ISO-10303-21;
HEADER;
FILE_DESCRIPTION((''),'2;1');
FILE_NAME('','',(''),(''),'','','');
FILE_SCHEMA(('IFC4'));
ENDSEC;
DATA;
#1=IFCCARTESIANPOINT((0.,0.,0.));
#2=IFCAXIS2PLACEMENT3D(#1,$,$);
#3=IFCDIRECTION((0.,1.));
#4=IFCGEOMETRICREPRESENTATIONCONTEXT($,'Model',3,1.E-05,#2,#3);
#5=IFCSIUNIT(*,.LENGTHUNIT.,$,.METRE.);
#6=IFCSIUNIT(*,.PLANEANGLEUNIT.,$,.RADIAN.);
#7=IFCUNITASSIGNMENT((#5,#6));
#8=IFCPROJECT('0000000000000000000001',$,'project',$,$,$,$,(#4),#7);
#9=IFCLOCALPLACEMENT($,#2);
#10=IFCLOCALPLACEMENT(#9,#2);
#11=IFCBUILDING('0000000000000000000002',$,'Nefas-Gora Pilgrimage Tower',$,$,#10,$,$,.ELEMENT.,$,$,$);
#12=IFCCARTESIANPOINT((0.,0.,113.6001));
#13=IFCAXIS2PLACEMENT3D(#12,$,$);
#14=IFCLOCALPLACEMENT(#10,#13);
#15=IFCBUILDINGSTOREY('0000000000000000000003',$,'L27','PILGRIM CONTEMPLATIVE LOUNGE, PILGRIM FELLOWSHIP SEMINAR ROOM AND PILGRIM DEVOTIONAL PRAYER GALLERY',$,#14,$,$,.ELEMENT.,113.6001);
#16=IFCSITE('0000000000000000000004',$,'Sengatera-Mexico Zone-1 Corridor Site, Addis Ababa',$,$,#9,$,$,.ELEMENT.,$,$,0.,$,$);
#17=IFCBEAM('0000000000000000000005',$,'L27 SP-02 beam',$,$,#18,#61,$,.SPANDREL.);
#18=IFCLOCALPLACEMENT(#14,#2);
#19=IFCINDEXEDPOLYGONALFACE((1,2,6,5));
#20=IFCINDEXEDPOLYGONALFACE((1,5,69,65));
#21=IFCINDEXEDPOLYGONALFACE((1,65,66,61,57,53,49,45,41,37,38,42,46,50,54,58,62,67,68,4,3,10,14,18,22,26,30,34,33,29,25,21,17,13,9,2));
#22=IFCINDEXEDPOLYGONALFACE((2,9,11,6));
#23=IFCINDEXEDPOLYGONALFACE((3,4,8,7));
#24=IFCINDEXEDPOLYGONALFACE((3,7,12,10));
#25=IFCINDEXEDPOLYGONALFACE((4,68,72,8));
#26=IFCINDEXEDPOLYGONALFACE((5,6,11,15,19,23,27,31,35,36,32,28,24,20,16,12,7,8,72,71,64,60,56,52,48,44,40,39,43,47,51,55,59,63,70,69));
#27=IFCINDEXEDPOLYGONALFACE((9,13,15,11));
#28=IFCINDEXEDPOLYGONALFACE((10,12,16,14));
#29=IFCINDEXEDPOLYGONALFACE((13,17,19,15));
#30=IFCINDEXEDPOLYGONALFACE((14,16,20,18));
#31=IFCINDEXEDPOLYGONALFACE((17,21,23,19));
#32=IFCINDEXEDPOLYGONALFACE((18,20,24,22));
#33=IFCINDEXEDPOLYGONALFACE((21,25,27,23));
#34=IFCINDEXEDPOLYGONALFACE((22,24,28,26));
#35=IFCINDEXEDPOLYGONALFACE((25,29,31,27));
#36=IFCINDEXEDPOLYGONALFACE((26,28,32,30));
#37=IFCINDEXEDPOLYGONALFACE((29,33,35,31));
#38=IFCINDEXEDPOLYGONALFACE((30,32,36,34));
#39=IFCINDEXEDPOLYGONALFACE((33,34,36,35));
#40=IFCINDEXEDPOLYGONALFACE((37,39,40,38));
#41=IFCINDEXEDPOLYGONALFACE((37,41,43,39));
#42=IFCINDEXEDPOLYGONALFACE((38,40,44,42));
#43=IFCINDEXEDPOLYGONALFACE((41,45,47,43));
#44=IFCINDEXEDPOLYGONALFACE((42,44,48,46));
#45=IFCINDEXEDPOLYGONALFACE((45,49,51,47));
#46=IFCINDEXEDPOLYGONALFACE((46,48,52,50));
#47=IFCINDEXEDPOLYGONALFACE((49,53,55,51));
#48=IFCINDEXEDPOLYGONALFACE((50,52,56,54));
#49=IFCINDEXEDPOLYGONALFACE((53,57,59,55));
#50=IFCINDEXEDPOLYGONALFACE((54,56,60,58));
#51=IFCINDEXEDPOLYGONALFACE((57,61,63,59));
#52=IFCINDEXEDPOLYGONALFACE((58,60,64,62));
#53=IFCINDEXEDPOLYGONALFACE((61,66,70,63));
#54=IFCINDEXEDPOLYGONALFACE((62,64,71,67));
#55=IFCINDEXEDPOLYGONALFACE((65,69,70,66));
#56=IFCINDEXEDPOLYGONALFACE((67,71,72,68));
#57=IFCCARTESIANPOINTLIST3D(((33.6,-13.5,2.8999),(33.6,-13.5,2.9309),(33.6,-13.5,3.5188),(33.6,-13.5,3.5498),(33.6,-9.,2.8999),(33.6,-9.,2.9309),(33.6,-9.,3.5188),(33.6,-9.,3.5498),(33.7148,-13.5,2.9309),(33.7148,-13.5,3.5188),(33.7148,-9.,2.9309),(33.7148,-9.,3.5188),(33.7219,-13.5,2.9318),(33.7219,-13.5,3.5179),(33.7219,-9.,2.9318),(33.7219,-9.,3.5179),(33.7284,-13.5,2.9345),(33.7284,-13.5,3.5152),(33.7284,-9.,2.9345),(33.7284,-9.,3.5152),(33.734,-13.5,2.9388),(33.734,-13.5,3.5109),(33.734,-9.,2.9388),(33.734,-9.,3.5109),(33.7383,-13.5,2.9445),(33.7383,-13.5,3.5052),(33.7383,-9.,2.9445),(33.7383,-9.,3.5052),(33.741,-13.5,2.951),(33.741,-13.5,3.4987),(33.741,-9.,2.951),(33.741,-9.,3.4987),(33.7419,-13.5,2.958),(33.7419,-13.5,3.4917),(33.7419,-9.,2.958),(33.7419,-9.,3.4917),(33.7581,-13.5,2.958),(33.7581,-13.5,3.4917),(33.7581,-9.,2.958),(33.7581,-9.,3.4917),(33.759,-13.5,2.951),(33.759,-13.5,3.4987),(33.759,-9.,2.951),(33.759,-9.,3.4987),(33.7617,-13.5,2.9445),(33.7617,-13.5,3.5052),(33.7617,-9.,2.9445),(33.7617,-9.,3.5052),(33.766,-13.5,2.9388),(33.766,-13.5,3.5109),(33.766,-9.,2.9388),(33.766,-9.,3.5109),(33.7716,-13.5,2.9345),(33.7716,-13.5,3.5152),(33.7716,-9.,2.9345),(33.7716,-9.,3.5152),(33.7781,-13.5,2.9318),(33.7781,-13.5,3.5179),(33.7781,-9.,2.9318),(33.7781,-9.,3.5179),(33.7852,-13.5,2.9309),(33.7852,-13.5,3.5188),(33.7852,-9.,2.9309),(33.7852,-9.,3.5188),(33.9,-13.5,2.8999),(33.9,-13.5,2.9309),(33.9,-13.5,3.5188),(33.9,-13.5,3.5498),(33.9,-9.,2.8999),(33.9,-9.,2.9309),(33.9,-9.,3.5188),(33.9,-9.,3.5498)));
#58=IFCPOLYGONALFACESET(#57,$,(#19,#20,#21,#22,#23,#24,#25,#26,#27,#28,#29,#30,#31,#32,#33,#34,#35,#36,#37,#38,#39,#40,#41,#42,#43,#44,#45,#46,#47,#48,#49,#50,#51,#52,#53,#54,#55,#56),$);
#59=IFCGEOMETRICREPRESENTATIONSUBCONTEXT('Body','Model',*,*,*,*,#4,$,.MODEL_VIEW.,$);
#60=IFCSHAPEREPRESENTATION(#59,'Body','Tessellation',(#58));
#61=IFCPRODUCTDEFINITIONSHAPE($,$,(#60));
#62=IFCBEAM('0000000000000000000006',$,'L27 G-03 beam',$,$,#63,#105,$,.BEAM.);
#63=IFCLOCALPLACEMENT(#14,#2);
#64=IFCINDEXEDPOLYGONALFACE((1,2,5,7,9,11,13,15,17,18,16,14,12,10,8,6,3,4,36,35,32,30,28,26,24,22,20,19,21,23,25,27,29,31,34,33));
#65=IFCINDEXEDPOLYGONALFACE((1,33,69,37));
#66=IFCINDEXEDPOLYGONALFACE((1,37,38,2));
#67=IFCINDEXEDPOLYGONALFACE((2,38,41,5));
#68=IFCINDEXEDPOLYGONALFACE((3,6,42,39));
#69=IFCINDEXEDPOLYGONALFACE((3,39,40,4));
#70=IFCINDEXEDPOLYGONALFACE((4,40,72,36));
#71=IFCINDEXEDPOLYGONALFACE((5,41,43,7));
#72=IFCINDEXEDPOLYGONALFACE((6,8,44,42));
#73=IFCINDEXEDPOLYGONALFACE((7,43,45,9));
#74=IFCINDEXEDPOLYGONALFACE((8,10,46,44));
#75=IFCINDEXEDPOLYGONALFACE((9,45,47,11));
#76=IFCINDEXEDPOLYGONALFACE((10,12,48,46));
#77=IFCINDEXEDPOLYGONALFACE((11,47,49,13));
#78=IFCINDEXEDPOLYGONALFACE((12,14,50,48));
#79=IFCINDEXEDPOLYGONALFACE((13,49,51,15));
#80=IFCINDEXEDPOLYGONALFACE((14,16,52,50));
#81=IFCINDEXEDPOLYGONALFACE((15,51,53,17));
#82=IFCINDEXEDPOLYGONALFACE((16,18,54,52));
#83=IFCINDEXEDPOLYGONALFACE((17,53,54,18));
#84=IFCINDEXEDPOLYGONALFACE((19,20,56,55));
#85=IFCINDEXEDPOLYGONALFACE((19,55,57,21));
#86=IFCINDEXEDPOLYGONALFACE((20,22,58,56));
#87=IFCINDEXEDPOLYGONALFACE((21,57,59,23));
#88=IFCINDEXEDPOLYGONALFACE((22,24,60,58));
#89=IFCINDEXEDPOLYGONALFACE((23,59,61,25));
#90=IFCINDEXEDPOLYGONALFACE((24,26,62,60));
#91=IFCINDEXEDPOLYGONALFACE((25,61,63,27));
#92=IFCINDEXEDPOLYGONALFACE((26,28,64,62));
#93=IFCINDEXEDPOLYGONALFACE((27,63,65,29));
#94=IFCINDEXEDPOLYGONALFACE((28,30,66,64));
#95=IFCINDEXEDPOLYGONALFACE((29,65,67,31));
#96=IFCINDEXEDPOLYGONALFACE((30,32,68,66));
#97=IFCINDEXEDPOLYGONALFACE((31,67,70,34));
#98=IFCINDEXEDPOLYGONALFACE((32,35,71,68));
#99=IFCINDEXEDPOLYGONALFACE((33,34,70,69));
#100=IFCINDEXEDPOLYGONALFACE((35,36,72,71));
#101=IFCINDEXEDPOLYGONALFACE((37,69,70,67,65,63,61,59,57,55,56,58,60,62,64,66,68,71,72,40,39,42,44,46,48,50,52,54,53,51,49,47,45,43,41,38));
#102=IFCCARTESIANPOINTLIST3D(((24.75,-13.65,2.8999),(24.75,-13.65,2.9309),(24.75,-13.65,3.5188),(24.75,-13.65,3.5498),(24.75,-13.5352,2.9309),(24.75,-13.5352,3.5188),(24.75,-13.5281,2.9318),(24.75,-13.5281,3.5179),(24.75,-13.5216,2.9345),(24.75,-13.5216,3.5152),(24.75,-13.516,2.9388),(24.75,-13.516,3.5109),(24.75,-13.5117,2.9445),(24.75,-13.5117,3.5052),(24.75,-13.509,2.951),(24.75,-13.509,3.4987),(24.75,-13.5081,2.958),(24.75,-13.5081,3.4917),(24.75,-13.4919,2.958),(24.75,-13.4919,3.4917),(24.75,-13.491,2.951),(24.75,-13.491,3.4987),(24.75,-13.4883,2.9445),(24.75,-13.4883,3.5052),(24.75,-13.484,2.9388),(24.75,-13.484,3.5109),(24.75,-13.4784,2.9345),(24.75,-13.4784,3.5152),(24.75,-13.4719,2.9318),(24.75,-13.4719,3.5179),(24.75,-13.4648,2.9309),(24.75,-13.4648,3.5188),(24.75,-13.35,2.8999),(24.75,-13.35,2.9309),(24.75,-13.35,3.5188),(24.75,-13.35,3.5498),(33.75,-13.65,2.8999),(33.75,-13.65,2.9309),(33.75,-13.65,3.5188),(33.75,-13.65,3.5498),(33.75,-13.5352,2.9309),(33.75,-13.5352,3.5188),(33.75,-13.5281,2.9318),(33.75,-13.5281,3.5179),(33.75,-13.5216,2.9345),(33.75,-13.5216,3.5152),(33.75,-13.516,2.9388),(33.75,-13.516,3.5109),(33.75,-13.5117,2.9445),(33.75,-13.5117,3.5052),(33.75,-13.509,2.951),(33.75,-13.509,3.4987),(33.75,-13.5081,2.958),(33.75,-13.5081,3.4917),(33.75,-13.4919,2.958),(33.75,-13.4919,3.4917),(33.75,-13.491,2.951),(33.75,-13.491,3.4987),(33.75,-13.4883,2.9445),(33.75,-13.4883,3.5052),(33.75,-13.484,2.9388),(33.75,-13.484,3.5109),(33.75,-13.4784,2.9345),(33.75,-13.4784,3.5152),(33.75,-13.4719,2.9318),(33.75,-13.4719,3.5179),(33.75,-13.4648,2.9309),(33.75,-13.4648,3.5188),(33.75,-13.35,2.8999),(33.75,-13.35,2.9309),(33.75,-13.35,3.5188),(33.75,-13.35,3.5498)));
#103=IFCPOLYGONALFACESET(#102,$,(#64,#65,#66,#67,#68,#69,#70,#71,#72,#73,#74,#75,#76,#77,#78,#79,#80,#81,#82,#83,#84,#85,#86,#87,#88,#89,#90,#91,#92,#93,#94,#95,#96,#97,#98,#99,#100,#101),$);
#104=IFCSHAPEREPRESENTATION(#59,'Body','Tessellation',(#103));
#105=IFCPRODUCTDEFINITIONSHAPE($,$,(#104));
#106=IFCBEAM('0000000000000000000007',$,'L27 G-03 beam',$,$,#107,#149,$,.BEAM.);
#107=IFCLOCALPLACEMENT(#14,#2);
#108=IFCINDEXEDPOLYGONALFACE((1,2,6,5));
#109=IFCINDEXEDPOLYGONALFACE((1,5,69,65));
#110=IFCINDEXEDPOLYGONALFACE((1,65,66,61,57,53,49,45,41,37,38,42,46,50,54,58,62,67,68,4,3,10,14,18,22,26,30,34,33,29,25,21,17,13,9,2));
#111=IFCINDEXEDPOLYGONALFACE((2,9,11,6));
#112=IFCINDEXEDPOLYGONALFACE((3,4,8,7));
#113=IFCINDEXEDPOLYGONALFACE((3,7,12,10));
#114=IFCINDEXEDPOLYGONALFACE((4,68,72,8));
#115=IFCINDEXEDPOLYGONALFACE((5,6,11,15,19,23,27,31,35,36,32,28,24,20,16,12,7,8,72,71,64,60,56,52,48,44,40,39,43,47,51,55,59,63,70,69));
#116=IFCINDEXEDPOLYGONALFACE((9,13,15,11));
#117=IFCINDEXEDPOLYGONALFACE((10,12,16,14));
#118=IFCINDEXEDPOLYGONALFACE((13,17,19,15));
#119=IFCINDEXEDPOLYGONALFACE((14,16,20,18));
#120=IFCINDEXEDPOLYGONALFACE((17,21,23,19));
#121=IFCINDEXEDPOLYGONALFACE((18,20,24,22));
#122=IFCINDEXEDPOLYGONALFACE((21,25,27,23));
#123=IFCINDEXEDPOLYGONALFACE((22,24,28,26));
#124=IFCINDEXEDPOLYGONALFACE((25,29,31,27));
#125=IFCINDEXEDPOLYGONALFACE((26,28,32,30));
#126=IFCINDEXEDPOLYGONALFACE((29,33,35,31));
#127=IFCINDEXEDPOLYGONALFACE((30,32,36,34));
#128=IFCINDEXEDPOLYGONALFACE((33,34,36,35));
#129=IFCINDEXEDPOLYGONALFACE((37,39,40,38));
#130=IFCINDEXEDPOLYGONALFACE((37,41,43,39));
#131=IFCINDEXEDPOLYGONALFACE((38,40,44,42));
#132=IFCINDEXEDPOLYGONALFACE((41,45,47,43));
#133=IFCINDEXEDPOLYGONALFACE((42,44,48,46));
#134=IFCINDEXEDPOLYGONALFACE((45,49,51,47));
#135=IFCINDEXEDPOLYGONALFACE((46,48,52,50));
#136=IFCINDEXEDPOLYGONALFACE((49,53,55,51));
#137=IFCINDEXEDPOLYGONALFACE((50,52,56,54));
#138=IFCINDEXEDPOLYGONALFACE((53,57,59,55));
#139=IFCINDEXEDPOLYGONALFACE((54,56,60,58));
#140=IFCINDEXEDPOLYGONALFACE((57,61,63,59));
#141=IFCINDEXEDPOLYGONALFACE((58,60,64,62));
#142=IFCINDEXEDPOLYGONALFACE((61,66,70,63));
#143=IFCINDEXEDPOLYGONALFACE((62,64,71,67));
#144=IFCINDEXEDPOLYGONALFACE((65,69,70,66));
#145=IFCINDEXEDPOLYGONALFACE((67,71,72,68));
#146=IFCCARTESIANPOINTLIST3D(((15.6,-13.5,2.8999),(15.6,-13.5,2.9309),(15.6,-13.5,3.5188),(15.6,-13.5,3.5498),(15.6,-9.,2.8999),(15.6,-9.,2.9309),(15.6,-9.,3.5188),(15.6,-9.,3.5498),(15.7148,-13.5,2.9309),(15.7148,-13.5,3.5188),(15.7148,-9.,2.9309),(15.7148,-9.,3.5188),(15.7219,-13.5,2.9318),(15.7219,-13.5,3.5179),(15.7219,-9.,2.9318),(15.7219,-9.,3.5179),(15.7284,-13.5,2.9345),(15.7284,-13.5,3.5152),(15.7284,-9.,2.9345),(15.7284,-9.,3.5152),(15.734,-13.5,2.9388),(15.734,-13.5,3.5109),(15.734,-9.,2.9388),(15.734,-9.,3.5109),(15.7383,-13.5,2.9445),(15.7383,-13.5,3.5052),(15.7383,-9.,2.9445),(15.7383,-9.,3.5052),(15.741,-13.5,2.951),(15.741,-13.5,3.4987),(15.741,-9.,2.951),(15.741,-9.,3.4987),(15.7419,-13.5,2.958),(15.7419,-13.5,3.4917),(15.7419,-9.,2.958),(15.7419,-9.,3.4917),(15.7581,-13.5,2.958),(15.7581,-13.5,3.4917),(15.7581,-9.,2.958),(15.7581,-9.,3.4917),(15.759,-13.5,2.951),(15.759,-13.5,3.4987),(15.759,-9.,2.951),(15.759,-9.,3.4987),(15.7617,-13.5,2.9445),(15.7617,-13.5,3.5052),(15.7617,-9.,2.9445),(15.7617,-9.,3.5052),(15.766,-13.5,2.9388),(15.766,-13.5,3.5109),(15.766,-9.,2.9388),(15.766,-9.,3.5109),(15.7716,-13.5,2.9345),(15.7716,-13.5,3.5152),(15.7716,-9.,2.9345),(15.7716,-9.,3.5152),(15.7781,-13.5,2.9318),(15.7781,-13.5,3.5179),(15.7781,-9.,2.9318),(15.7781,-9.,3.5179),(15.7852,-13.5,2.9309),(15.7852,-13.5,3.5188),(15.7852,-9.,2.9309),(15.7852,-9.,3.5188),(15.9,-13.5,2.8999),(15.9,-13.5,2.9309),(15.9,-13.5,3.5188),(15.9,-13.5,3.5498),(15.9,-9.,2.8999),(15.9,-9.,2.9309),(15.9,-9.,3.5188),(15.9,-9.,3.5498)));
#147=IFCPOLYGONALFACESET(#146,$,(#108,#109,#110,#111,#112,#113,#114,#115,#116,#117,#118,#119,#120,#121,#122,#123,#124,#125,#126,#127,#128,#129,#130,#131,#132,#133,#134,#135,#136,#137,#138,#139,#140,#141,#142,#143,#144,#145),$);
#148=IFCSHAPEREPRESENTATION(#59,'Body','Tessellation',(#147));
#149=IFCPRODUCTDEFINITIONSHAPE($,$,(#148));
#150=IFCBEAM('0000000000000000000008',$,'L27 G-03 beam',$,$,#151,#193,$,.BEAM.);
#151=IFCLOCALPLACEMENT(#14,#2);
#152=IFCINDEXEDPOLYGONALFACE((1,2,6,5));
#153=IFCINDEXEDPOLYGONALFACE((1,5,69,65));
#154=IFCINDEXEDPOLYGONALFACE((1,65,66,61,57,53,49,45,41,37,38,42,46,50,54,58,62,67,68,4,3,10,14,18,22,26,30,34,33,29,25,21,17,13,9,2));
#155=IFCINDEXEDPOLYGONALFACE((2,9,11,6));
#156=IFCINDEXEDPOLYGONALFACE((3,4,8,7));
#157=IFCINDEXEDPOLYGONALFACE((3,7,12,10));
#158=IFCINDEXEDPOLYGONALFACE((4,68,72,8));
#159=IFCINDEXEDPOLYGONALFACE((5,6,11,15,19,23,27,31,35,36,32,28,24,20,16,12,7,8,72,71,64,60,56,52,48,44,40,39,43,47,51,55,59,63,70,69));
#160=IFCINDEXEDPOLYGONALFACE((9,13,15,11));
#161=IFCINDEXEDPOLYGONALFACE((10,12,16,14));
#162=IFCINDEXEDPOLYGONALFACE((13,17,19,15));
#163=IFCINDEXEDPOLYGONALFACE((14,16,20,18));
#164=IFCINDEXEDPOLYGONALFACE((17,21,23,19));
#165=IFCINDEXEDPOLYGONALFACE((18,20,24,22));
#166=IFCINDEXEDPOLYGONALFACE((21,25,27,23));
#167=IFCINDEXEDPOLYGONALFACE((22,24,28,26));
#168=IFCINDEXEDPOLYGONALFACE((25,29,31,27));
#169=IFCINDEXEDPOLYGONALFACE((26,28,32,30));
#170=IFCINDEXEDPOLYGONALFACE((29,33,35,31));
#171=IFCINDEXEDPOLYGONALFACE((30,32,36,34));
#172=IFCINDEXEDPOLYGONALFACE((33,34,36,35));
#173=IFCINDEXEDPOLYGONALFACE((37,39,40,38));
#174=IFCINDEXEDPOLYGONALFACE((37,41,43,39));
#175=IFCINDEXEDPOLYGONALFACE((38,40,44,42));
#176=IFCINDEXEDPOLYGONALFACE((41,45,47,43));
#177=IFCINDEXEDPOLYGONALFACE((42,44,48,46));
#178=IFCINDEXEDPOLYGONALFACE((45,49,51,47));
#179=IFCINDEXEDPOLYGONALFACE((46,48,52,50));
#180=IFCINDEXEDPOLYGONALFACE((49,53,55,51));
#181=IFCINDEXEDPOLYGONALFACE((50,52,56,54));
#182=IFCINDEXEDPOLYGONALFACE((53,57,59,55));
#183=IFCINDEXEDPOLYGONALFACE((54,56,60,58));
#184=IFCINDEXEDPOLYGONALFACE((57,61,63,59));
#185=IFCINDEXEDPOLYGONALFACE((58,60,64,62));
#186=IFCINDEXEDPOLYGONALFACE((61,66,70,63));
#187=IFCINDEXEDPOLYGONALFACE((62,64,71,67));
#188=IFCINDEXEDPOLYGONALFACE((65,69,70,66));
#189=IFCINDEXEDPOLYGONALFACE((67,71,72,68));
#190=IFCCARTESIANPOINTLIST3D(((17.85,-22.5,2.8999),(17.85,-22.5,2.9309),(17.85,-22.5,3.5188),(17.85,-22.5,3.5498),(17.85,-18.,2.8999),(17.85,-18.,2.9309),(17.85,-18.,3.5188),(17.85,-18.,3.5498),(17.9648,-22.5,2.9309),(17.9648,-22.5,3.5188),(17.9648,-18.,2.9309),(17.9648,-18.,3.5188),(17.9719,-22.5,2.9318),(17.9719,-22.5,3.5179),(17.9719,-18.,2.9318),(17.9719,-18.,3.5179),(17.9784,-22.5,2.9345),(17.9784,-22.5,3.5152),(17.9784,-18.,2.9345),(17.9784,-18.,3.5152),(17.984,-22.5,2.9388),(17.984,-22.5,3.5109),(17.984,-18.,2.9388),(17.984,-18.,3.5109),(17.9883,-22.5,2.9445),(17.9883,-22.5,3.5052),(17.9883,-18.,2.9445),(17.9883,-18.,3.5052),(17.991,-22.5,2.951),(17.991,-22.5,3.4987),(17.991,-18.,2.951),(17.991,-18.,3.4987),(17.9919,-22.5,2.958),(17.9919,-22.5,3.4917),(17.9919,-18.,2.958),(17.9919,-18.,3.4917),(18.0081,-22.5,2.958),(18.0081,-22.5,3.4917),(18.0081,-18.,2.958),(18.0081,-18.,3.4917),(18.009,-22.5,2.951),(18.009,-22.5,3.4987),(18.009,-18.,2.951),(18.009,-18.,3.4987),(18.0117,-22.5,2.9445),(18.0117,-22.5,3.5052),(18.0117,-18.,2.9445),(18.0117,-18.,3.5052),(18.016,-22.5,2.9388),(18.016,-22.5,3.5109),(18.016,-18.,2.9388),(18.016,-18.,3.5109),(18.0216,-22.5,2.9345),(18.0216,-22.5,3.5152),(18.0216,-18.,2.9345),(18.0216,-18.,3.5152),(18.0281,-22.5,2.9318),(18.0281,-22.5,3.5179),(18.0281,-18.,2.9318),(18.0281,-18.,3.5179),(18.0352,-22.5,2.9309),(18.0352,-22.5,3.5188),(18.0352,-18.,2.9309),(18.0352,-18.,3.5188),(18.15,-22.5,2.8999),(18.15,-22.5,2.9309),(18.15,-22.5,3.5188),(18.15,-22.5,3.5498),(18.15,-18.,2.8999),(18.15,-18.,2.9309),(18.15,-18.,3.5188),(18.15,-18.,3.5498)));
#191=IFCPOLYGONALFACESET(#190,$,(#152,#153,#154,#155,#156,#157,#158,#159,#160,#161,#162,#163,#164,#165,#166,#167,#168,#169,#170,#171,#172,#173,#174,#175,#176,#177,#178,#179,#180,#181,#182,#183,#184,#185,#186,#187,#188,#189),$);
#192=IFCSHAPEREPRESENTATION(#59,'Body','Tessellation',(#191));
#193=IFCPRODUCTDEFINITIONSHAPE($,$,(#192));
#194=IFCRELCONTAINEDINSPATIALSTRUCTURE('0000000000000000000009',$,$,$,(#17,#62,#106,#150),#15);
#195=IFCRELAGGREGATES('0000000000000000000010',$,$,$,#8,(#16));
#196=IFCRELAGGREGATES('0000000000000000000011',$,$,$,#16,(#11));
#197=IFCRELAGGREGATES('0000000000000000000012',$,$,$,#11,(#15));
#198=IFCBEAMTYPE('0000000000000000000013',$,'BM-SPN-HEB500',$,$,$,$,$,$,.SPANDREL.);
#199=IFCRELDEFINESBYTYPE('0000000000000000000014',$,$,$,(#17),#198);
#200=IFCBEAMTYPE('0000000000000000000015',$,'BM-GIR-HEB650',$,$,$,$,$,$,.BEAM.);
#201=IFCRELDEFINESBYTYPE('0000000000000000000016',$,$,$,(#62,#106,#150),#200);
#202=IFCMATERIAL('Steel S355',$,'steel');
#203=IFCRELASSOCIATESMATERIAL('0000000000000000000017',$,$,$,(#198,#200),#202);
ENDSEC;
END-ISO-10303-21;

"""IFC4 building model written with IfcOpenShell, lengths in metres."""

from ifc_helpers import new_model, si_unit, direction, frame, origin, origin_2d, place, context, subcontext, project, spatial, i_section, extrude, source, transform, mapped, material, material_profile, profile_set, type_object, element, save


model = new_model("IFC4")

# Units and contexts
model_context = context("Model", 3, precision=1e-05, world=origin(), true_north=direction((0.0, 1.0)))
body_context = subcontext(model_context, "Body", "Model", "MODEL_VIEW")
ifc_project = project(units=[si_unit("LENGTHUNIT", "METRE"), si_unit("PLANEANGLEUNIT", "RADIAN")], contexts=[model_context])

# Site, building, storey
site_placement = place(None, origin())
site = spatial("IfcSite", under=ifc_project, at=site_placement, Name="Sengatera-Mexico Zone-1 Corridor Site, Addis Ababa", CompositionType="ELEMENT", RefElevation=0.0)
building_placement = place(site_placement, origin())
building = spatial("IfcBuilding", under=site, at=building_placement, Name="Nefas-Gora Pilgrimage Tower", CompositionType="ELEMENT")
storey_placement = place(building_placement, frame((0.0, 0.0, 113.6001)))
storey = spatial("IfcBuildingStorey", under=building, at=storey_placement, Name="L27", Description="PILGRIM CONTEMPLATIVE LOUNGE, PILGRIM FELLOWSHIP SEMINAR ROOM AND PILGRIM DEVOTIONAL PRAYER GALLERY", CompositionType="ELEMENT", Elevation=113.6001)

# Beams
ifc_material_1 = material(Name="Steel S355", Category="steel")
ifc_material_profile_1 = material_profile(ifc_material_1, i_section(OverallWidth=0.3, OverallDepth=0.6499, WebThickness=0.0161, FlangeThickness=0.031, FilletRadius=0.0271, at=origin_2d()), Name="HEB 650")
ifc_profile_set_1 = profile_set([ifc_material_profile_1], Name="Steel S355")
beam_type_1 = type_object("IfcBeamType", Name="BM-SPN-HEB500", PredefinedType="SPANDREL", material=ifc_profile_set_1)
shared_shape_1 = source(origin(), body_context, "Body", "SweptSolid", [
    extrude(i_section(OverallWidth=0.3, OverallDepth=0.6499, WebThickness=0.0161, FlangeThickness=0.031, FilletRadius=0.0271, at=origin_2d()), origin(), (0.0, 0.0, 1.0), 4.5),
])
for number, where, z_axis, x_axis, name in (
    (1, (33.75, -13.5, 3.2249), (0.0, 1.0, 0.0), (-1.0, 0.0, 0.0), "L27 SP-02 beam"),
):
    element("IfcBeam", number, at=place(storey_placement, frame(where, z_axis=z_axis, x_axis=x_axis)), inside=storey, type_object=beam_type_1, Name=name, PredefinedType="SPANDREL", context=body_context, shape_type="MappedRepresentation", body=[
        mapped(shared_shape_1, transform((0.0, 0.0, 0.0), x_axis=(1.0, 0.0, 0.0), y_axis=(0.0, 1.0, 0.0), z_axis=(0.0, 0.0, 1.0), scale=1.0)),
    ])
ifc_material_profile_2 = material_profile(ifc_material_1, i_section(OverallWidth=0.3, OverallDepth=0.6499, WebThickness=0.0161, FlangeThickness=0.031, FilletRadius=0.0271, at=origin_2d()), Name="HEB 650")
ifc_profile_set_2 = profile_set([ifc_material_profile_2], Name="Steel S355")
beam_type_2 = type_object("IfcBeamType", Name="BM-GIR-HEB650", PredefinedType="BEAM", material=ifc_profile_set_2)
shared_shape_2 = source(origin(), body_context, "Body", "SweptSolid", [
    extrude(i_section(OverallWidth=0.3, OverallDepth=0.6499, WebThickness=0.0161, FlangeThickness=0.031, FilletRadius=0.0271, at=origin_2d()), origin(), (0.0, 0.0, 1.0), 9.0),
])
beam_1_placement = place(storey_placement, frame((24.75, -13.5, 3.2249), z_axis=(1.0, 0.0, 0.0), x_axis=(0.0, 1.0, 0.0)))
element("IfcBeam", 2, at=beam_1_placement, inside=storey, type_object=beam_type_2, Name="L27 G-03 beam", PredefinedType="BEAM", context=body_context, shape_type="MappedRepresentation", body=[
    mapped(shared_shape_2, transform((0.0, 0.0, 0.0), x_axis=(1.0, 0.0, 0.0), y_axis=(0.0, 1.0, 0.0), z_axis=(0.0, 0.0, 1.0), scale=1.0)),
])
shared_shape_3 = source(origin(), body_context, "Body", "SweptSolid", [
    extrude(i_section(OverallWidth=0.3, OverallDepth=0.6499, WebThickness=0.0161, FlangeThickness=0.031, FilletRadius=0.0271, at=origin_2d()), origin(), (0.0, 0.0, 1.0), 4.5),
])
for number, where, z_axis, x_axis, name in (
    (3, (15.75, -13.5, 3.2249), (0.0, 1.0, 0.0), (-1.0, 0.0, 0.0), "L27 G-03 beam"),
    (4, (18.0, -22.5, 3.2249), (0.0, 1.0, 0.0), (-1.0, 0.0, 0.0), "L27 G-03 beam"),
):
    element("IfcBeam", number, at=place(storey_placement, frame(where, z_axis=z_axis, x_axis=x_axis)), inside=storey, type_object=beam_type_2, Name=name, PredefinedType="BEAM", context=body_context, shape_type="MappedRepresentation", body=[
        mapped(shared_shape_3, transform((0.0, 0.0, 0.0), x_axis=(1.0, 0.0, 0.0), y_axis=(0.0, 1.0, 0.0), z_axis=(0.0, 0.0, 1.0), scale=1.0)),
    ])

save(model, "model.ifc")
